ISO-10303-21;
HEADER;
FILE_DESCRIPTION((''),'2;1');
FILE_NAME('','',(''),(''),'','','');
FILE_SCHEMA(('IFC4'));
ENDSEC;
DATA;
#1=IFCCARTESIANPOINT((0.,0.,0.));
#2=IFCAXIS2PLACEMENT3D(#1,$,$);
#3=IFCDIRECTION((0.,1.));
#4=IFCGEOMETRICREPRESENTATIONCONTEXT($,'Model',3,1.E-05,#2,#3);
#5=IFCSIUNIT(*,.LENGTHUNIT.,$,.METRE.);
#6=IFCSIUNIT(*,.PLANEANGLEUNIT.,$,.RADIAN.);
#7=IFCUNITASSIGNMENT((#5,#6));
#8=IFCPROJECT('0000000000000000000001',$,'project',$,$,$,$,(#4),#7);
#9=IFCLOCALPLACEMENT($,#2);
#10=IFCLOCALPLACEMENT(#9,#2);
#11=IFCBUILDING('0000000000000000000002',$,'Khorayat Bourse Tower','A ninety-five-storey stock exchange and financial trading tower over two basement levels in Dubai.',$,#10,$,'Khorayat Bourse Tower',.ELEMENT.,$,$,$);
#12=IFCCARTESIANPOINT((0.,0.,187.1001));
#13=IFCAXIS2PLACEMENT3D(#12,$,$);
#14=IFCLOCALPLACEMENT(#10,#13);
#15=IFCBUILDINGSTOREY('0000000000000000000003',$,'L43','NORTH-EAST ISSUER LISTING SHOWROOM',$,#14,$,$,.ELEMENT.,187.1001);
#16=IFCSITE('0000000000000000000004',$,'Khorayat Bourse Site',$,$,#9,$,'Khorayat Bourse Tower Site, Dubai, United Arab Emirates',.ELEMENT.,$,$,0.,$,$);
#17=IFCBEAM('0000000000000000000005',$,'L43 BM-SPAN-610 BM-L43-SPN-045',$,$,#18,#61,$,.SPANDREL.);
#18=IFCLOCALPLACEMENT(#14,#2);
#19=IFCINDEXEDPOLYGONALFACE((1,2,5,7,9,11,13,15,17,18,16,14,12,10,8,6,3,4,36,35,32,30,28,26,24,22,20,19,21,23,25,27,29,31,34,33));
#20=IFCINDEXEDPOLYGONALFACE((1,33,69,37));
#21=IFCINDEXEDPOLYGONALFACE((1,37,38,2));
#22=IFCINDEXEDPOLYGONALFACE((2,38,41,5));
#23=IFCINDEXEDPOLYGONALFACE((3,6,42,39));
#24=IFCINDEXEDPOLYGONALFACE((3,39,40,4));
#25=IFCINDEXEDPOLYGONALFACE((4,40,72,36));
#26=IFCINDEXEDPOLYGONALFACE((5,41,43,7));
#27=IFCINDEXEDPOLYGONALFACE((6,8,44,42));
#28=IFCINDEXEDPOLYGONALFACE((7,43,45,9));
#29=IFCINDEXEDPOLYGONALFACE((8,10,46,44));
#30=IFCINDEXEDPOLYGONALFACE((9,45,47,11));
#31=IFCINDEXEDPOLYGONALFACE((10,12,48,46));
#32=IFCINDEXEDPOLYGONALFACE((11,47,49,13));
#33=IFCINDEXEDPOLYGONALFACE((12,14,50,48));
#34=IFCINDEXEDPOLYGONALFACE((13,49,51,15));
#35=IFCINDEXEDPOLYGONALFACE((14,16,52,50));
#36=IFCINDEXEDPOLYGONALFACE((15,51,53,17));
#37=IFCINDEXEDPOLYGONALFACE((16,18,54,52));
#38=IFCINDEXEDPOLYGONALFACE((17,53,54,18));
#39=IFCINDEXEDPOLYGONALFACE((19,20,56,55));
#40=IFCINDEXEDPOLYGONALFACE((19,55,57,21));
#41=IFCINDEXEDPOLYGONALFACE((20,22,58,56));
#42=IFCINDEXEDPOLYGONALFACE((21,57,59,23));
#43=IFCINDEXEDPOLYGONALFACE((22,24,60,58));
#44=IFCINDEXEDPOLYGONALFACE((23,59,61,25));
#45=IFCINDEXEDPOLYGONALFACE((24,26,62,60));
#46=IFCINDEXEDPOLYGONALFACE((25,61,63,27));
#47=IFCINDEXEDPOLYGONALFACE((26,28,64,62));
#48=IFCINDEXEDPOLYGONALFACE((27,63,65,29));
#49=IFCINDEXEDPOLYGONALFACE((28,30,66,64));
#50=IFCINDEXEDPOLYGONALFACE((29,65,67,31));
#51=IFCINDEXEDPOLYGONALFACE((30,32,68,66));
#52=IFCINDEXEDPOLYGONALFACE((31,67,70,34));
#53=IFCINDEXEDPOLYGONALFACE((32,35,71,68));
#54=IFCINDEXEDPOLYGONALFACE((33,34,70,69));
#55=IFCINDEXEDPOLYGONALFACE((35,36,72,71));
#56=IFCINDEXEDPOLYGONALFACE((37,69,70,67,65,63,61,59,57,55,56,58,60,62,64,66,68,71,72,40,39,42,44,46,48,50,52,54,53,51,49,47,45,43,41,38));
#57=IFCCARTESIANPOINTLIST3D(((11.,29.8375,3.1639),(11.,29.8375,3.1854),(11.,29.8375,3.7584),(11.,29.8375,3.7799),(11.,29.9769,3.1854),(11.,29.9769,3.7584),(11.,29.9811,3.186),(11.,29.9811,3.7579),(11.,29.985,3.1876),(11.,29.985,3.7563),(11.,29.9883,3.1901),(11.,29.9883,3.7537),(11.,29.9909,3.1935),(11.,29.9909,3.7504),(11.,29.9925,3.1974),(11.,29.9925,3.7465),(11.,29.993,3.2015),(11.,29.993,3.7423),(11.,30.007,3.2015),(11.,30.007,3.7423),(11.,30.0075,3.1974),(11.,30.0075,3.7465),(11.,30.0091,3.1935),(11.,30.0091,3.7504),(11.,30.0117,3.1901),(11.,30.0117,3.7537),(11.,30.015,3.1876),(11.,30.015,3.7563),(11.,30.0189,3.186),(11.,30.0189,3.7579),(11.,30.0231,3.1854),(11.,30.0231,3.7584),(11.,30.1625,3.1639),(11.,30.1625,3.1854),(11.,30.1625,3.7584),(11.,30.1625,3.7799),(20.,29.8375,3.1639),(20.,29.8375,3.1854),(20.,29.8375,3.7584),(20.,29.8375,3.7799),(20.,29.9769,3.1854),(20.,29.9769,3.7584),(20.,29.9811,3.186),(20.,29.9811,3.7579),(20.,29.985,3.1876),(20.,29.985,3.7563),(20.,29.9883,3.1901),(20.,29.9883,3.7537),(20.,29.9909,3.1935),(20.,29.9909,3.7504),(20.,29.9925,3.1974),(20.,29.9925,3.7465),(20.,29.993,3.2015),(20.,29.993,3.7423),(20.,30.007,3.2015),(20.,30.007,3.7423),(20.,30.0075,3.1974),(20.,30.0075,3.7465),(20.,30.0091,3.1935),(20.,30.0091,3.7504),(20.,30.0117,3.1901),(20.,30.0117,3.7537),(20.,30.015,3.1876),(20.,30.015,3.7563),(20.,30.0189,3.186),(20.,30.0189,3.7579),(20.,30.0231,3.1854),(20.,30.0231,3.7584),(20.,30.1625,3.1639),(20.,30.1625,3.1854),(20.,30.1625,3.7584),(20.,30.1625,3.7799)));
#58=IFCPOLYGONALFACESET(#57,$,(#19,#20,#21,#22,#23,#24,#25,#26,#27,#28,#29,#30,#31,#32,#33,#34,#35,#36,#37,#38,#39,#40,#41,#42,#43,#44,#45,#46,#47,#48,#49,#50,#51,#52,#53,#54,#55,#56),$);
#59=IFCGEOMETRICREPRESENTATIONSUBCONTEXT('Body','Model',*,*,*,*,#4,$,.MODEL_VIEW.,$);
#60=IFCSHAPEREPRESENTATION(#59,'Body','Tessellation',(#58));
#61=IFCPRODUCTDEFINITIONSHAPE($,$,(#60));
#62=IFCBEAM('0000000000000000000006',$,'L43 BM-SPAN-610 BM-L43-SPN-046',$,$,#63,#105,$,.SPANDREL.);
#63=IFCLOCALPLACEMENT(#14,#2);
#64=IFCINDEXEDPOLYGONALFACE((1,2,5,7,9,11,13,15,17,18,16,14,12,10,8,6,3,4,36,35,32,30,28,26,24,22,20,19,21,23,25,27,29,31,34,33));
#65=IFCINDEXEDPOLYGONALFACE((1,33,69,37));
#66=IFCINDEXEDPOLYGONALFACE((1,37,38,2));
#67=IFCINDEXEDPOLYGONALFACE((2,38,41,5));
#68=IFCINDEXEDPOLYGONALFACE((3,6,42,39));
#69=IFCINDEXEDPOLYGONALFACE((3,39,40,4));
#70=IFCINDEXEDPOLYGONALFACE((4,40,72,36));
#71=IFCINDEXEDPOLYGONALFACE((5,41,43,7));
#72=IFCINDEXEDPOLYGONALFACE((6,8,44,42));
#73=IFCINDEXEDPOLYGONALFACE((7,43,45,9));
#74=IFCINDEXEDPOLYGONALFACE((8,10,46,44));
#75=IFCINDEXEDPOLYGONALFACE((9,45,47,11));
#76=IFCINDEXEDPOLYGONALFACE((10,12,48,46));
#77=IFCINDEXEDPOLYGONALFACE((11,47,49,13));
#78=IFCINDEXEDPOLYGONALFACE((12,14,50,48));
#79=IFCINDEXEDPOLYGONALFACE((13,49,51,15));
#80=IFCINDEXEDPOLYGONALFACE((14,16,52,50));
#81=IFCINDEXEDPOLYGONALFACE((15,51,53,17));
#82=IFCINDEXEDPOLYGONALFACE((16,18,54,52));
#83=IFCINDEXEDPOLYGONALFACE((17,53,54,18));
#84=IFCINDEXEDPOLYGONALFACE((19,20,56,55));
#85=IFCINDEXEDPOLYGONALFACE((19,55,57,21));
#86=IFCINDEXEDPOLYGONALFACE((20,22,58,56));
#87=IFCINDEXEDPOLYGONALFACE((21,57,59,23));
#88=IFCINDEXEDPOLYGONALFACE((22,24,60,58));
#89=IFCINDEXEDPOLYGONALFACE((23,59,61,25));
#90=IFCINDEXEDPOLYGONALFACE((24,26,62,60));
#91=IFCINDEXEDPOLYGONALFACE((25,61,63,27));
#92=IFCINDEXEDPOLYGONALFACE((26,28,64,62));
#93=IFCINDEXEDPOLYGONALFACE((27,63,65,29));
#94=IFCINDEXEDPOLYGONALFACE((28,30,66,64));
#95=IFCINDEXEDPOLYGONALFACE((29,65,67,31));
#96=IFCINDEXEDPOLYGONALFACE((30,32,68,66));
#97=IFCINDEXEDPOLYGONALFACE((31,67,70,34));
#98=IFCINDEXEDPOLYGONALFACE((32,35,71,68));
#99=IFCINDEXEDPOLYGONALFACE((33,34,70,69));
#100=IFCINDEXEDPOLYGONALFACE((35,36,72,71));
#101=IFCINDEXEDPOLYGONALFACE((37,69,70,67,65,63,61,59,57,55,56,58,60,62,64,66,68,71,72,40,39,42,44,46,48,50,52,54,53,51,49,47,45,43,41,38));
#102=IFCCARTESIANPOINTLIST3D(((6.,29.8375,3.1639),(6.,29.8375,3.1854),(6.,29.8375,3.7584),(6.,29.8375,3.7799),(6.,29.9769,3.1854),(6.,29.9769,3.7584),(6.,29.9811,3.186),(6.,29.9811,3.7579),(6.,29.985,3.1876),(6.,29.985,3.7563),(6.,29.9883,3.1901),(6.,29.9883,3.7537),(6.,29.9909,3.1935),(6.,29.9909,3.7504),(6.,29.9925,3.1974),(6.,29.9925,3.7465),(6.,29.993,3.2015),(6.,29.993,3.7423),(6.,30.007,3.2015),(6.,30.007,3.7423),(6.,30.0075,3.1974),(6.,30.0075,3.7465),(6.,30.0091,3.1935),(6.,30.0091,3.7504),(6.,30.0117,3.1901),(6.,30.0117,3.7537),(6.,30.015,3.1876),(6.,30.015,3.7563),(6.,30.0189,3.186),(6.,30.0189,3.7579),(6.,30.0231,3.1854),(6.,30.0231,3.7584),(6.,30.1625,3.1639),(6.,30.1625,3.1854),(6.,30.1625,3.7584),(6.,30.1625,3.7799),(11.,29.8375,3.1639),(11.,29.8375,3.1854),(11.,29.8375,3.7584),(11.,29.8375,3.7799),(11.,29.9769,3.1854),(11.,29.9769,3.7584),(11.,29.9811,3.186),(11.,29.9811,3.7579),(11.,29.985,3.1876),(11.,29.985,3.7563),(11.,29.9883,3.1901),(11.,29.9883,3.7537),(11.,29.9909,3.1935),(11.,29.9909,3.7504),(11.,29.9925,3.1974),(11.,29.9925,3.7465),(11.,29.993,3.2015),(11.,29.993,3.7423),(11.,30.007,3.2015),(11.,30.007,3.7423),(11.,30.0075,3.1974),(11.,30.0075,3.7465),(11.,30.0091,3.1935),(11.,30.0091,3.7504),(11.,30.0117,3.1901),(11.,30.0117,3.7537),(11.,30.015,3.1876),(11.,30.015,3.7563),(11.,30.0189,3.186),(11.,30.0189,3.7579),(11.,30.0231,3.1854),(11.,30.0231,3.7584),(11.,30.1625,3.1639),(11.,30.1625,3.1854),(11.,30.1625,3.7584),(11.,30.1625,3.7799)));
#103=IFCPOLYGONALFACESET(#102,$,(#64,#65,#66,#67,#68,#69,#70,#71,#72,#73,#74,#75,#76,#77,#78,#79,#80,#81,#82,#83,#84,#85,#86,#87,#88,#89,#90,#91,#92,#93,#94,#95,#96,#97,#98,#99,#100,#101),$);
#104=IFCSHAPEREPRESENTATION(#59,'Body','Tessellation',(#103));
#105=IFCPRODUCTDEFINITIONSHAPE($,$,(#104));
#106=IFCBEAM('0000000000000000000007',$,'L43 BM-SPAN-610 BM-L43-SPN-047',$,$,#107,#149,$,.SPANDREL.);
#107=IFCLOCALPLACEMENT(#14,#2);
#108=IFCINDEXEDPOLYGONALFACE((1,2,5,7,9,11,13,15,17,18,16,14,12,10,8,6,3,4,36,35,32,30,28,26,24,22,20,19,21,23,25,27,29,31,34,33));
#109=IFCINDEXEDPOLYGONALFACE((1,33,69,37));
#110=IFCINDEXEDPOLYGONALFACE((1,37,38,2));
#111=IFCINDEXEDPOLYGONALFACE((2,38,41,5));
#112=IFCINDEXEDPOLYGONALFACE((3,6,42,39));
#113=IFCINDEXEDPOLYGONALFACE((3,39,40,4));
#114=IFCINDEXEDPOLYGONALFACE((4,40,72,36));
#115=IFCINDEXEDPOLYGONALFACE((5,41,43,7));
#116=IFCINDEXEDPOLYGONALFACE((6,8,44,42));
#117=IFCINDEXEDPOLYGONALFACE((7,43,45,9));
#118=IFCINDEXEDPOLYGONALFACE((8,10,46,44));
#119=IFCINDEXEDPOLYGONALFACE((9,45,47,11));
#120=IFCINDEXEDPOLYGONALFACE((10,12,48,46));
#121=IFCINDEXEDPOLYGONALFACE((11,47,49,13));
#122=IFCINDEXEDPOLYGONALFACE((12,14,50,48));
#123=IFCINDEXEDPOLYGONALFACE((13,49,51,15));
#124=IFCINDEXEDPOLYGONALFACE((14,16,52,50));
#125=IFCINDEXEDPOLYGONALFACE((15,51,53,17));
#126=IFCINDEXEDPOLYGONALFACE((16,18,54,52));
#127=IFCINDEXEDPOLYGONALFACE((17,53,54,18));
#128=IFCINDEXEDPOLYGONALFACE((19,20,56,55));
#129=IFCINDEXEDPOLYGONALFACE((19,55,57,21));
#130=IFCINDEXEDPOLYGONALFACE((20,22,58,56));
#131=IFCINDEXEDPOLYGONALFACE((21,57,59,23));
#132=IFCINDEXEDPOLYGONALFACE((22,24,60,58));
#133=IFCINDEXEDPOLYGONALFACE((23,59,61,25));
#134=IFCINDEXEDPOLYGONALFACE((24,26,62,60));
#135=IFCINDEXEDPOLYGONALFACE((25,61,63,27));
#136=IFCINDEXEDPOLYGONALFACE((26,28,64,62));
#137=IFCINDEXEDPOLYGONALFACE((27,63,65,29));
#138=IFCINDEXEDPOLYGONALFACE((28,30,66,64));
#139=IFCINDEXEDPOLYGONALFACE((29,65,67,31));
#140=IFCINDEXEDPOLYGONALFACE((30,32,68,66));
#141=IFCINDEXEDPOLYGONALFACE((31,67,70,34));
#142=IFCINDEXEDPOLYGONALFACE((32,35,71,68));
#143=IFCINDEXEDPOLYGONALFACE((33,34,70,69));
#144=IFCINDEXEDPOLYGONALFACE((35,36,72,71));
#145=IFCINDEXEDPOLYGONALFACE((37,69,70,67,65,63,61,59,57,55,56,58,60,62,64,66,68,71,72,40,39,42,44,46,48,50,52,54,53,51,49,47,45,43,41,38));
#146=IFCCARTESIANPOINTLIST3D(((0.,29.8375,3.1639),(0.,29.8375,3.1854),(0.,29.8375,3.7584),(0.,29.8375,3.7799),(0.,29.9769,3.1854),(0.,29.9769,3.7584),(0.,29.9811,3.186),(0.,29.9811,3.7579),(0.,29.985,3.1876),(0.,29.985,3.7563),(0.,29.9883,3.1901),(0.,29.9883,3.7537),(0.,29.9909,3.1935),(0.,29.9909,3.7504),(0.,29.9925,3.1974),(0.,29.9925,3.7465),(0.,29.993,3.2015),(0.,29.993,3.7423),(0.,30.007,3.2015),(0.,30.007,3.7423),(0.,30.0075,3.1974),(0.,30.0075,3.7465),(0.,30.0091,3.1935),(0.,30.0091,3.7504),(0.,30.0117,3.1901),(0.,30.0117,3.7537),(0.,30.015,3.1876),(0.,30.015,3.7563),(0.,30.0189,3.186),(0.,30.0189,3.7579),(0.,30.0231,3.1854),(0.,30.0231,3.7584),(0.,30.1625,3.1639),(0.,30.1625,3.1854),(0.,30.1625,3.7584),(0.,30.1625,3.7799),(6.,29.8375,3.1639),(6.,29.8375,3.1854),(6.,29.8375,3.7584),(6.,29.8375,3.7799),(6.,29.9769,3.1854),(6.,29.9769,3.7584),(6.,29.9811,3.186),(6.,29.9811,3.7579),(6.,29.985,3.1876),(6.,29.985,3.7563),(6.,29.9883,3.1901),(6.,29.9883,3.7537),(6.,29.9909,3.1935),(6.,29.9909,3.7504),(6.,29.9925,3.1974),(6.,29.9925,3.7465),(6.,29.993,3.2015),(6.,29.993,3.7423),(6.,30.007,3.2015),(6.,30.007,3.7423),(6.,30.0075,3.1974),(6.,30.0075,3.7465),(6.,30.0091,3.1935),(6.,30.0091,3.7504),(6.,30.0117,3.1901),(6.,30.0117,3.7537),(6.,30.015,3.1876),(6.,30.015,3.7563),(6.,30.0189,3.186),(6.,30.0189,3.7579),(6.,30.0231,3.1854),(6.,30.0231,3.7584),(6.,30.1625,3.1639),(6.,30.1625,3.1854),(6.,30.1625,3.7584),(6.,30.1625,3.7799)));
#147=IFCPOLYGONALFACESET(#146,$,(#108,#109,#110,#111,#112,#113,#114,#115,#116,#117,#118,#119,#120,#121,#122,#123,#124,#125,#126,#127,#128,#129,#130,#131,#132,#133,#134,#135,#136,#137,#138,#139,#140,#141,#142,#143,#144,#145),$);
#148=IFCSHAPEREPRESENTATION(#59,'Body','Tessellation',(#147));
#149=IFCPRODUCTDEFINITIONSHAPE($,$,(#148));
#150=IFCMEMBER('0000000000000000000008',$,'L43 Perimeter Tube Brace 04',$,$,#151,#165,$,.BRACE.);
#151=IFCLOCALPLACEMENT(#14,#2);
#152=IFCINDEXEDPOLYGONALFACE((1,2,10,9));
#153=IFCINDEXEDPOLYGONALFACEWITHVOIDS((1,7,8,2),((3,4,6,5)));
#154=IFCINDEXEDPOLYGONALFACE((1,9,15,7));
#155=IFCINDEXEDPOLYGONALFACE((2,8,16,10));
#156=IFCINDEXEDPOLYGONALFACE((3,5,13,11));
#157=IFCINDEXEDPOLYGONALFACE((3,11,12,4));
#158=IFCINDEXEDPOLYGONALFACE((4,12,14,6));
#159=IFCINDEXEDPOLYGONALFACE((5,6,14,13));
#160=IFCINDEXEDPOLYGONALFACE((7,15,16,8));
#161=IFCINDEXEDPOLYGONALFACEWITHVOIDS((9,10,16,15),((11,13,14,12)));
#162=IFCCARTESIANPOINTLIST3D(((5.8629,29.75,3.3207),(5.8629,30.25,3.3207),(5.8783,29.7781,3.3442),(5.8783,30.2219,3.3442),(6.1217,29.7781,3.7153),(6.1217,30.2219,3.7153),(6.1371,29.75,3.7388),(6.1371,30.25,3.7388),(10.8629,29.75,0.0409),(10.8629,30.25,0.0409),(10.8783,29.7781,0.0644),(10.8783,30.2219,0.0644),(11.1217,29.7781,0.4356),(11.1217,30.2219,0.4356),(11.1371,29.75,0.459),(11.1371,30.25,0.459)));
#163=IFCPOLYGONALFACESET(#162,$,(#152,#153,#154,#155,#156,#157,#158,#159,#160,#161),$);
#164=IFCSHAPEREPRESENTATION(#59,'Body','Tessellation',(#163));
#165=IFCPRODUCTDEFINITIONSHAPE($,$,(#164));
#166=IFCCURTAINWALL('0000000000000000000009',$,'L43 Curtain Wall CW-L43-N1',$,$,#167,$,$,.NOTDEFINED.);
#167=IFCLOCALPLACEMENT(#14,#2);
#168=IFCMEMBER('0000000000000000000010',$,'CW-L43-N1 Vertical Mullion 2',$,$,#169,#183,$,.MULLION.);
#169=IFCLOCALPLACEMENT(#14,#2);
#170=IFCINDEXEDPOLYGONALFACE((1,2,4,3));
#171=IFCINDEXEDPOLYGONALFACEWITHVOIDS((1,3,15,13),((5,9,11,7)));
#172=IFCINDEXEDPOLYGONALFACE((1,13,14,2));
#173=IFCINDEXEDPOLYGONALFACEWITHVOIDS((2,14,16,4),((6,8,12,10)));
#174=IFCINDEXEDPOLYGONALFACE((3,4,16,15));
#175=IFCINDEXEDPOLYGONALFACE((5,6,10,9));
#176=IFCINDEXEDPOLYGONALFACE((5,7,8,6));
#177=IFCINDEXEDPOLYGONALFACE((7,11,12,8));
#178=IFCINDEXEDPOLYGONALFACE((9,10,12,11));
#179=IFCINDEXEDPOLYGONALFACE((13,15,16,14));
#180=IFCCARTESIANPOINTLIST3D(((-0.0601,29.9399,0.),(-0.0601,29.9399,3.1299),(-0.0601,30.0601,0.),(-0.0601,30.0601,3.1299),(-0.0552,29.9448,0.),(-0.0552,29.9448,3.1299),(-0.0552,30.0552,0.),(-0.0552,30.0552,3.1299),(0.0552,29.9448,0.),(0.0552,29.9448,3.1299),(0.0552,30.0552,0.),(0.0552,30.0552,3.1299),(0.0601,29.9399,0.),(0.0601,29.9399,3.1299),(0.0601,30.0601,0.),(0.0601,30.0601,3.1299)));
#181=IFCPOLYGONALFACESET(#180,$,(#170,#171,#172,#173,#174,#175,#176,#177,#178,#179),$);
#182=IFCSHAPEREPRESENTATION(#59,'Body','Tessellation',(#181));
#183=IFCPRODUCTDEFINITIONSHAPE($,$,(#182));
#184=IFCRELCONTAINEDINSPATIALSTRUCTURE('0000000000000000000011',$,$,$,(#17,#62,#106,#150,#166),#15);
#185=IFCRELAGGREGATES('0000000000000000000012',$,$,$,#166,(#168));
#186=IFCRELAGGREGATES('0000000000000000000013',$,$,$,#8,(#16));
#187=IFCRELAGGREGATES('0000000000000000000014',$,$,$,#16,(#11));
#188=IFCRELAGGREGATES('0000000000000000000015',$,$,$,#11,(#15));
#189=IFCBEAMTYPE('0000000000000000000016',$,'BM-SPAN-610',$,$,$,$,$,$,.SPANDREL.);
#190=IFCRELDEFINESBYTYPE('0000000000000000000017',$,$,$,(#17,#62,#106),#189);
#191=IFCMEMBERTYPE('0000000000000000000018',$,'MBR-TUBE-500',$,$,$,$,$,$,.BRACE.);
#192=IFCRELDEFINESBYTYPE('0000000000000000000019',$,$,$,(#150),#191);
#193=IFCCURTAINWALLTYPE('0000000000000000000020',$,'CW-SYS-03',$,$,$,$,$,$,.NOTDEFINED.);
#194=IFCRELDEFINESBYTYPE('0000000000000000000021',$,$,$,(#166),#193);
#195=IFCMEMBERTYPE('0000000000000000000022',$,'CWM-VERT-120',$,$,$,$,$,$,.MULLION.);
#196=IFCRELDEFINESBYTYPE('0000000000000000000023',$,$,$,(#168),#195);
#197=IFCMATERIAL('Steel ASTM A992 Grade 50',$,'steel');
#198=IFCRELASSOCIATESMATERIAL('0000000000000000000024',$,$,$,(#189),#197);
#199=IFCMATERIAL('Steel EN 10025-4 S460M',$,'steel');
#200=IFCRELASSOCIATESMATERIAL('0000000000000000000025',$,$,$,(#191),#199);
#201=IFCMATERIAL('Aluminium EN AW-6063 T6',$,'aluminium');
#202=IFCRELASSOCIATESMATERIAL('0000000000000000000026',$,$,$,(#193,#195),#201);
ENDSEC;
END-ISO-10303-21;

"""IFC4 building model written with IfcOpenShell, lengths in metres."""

from ifc_helpers import new_model, si_unit, direction, frame, origin, origin_2d, place, context, subcontext, project, spatial, hollow_rectangle, i_section, extrude, source, transform, mapped, material, material_profile, profile_set, type_object, element, aggregate, save


model = new_model("IFC4")

# Units and contexts
model_context = context("Model", 3, precision=1e-05, world=origin(), true_north=direction((0.0, 1.0)))
body_context = subcontext(model_context, "Body", "Model", "MODEL_VIEW")
ifc_project = project(units=[si_unit("LENGTHUNIT", "METRE"), si_unit("PLANEANGLEUNIT", "RADIAN")], contexts=[model_context])

# Site, building, storey
site_placement = place(None, origin())
site = spatial("IfcSite", under=ifc_project, at=site_placement, Name="Khorayat Bourse Site", LongName="Khorayat Bourse Tower Site, Dubai, United Arab Emirates", CompositionType="ELEMENT", RefElevation=0.0)
building_placement = place(site_placement, origin())
building = spatial("IfcBuilding", under=site, at=building_placement, Name="Khorayat Bourse Tower", Description="A ninety-five-storey stock exchange and financial trading tower over two basement levels in Dubai.", LongName="Khorayat Bourse Tower", CompositionType="ELEMENT")
storey_placement = place(building_placement, frame((0.0, 0.0, 187.1001)))
storey = spatial("IfcBuildingStorey", under=building, at=storey_placement, Name="L43", Description="NORTH-EAST ISSUER LISTING SHOWROOM", CompositionType="ELEMENT", Elevation=187.1001)

# Shared definitions
ifc_material_1 = material(Name="Steel EN 10025-4 S460M", Category="steel")

# Beams
ifc_material_2 = material(Name="Steel ASTM A992 Grade 50", Category="steel")
ifc_material_profile_1 = material_profile(ifc_material_2, i_section(OverallWidth=0.325, OverallDepth=0.616, WebThickness=0.0139, FlangeThickness=0.0215, FilletRadius=0.0161, at=origin_2d()), Name="W610X174")
ifc_profile_set_1 = profile_set([ifc_material_profile_1], Name="Steel ASTM A992 Grade 50")
beam_type_1 = type_object("IfcBeamType", Name="BM-SPAN-610", PredefinedType="SPANDREL", material=ifc_profile_set_1)
shared_shape_1 = source(origin(), body_context, "Body", "SweptSolid", [
    extrude(i_section(OverallWidth=0.325, OverallDepth=0.616, WebThickness=0.0139, FlangeThickness=0.0215, FilletRadius=0.0161, at=origin_2d()), origin(), (0.0, 0.0, 1.0), 9.0),
])
beam_1_placement = place(storey_placement, frame((11.0, 30.0, 3.4719), z_axis=(1.0, 0.0, 0.0), x_axis=(0.0, 1.0, 0.0)))
element("IfcBeam", 1, at=beam_1_placement, inside=storey, type_object=beam_type_1, Name="L43 BM-SPAN-610 BM-L43-SPN-045", PredefinedType="SPANDREL", context=body_context, shape_type="MappedRepresentation", body=[
    mapped(shared_shape_1, transform((0.0, 0.0, 0.0), scale=1.0)),
])
shared_shape_2 = source(origin(), body_context, "Body", "SweptSolid", [
    extrude(i_section(OverallWidth=0.325, OverallDepth=0.616, WebThickness=0.0139, FlangeThickness=0.0215, FilletRadius=0.0161, at=origin_2d()), origin(), (0.0, 0.0, 1.0), 5.0),
])
beam_2_placement = place(storey_placement, frame((6.0, 30.0, 3.4719), z_axis=(1.0, 0.0, 0.0), x_axis=(0.0, 1.0, 0.0)))
element("IfcBeam", 2, at=beam_2_placement, inside=storey, type_object=beam_type_1, Name="L43 BM-SPAN-610 BM-L43-SPN-046", PredefinedType="SPANDREL", context=body_context, shape_type="MappedRepresentation", body=[
    mapped(shared_shape_2, transform((0.0, 0.0, 0.0), scale=1.0)),
])
shared_shape_3 = source(origin(), body_context, "Body", "SweptSolid", [
    extrude(i_section(OverallWidth=0.325, OverallDepth=0.616, WebThickness=0.0139, FlangeThickness=0.0215, FilletRadius=0.0161, at=origin_2d()), origin(), (0.0, 0.0, 1.0), 6.0),
])
beam_3_placement = place(storey_placement, frame((0.0, 30.0, 3.4719), z_axis=(1.0, 0.0, 0.0), x_axis=(0.0, 1.0, 0.0)))
element("IfcBeam", 3, at=beam_3_placement, inside=storey, type_object=beam_type_1, Name="L43 BM-SPAN-610 BM-L43-SPN-047", PredefinedType="SPANDREL", context=body_context, shape_type="MappedRepresentation", body=[
    mapped(shared_shape_3, transform((0.0, 0.0, 0.0), scale=1.0)),
])

# Member
ifc_material_profile_2 = material_profile(ifc_material_1, hollow_rectangle(XDim=0.5, YDim=0.5, WallThickness=0.0281, at=origin_2d()), Name="HSS 500x500x28")
ifc_profile_set_2 = profile_set([ifc_material_profile_2], Name="Steel EN 10025-4 S460M")
member_type_1 = type_object("IfcMemberType", Name="MBR-TUBE-500", PredefinedType="BRACE", material=ifc_profile_set_2)
shared_shape_4 = source(origin(), body_context, "Body", "SweptSolid", [
    extrude(hollow_rectangle(XDim=0.5, YDim=0.5, WallThickness=0.0281, at=origin_2d()), origin(), (0.0, 0.0, 1.0), 5.9797),
])
member_1_placement = place(storey_placement, frame((6.0, 30.0, 3.5298), z_axis=(0.83616, 0.0, -0.548485), x_axis=(0.0, 1.0, 0.0)))
element("IfcMember", 4, at=member_1_placement, inside=storey, type_object=member_type_1, Name="L43 Perimeter Tube Brace 04", PredefinedType="BRACE", context=body_context, shape_type="MappedRepresentation", body=[
    mapped(shared_shape_4, transform((0.0, 0.0, 0.0), scale=1.0)),
])

# Curtain wall, member
ifc_material_3 = material(Name="Aluminium EN AW-6063 T6", Category="aluminium")
curtain_wall_type = type_object("IfcCurtainWallType", Name="CW-SYS-03", PredefinedType="NOTDEFINED", material=ifc_material_3)
curtain_wall_placement = place(storey_placement, origin())
curtain_wall = element("IfcCurtainWall", 5, at=curtain_wall_placement, inside=storey, type_object=curtain_wall_type, Name="L43 Curtain Wall CW-L43-N1", PredefinedType="NOTDEFINED")
ifc_material_profile_3 = material_profile(ifc_material_3, hollow_rectangle(XDim=0.1201, YDim=0.1201, WallThickness=0.0049, at=origin_2d()), Name="ALU 120x120x5")
ifc_profile_set_3 = profile_set([ifc_material_profile_3], Name="Aluminium EN AW-6063 T6")
member_type_2 = type_object("IfcMemberType", Name="CWM-VERT-120", PredefinedType="MULLION", material=ifc_profile_set_3)
shared_shape_5 = source(origin(), body_context, "Body", "SweptSolid", [
    extrude(hollow_rectangle(XDim=0.1201, YDim=0.1201, WallThickness=0.0049, at=origin_2d()), origin(), (0.0, 0.0, 1.0), 3.1299),
])
member_2_placement = place(storey_placement, frame((0.0, 30.0, 0.0), z_axis=(0.0, 0.0, 1.0), x_axis=(0.0, 1.0, 0.0)))
member_2 = element("IfcMember", 6, at=member_2_placement, type_object=member_type_2, Name="CW-L43-N1 Vertical Mullion 2", PredefinedType="MULLION", context=body_context, shape_type="MappedRepresentation", body=[
    mapped(shared_shape_5, transform((0.0, 0.0, 0.0), scale=1.0)),
])

aggregate(curtain_wall, [member_2])

save(model, "model.ifc")
